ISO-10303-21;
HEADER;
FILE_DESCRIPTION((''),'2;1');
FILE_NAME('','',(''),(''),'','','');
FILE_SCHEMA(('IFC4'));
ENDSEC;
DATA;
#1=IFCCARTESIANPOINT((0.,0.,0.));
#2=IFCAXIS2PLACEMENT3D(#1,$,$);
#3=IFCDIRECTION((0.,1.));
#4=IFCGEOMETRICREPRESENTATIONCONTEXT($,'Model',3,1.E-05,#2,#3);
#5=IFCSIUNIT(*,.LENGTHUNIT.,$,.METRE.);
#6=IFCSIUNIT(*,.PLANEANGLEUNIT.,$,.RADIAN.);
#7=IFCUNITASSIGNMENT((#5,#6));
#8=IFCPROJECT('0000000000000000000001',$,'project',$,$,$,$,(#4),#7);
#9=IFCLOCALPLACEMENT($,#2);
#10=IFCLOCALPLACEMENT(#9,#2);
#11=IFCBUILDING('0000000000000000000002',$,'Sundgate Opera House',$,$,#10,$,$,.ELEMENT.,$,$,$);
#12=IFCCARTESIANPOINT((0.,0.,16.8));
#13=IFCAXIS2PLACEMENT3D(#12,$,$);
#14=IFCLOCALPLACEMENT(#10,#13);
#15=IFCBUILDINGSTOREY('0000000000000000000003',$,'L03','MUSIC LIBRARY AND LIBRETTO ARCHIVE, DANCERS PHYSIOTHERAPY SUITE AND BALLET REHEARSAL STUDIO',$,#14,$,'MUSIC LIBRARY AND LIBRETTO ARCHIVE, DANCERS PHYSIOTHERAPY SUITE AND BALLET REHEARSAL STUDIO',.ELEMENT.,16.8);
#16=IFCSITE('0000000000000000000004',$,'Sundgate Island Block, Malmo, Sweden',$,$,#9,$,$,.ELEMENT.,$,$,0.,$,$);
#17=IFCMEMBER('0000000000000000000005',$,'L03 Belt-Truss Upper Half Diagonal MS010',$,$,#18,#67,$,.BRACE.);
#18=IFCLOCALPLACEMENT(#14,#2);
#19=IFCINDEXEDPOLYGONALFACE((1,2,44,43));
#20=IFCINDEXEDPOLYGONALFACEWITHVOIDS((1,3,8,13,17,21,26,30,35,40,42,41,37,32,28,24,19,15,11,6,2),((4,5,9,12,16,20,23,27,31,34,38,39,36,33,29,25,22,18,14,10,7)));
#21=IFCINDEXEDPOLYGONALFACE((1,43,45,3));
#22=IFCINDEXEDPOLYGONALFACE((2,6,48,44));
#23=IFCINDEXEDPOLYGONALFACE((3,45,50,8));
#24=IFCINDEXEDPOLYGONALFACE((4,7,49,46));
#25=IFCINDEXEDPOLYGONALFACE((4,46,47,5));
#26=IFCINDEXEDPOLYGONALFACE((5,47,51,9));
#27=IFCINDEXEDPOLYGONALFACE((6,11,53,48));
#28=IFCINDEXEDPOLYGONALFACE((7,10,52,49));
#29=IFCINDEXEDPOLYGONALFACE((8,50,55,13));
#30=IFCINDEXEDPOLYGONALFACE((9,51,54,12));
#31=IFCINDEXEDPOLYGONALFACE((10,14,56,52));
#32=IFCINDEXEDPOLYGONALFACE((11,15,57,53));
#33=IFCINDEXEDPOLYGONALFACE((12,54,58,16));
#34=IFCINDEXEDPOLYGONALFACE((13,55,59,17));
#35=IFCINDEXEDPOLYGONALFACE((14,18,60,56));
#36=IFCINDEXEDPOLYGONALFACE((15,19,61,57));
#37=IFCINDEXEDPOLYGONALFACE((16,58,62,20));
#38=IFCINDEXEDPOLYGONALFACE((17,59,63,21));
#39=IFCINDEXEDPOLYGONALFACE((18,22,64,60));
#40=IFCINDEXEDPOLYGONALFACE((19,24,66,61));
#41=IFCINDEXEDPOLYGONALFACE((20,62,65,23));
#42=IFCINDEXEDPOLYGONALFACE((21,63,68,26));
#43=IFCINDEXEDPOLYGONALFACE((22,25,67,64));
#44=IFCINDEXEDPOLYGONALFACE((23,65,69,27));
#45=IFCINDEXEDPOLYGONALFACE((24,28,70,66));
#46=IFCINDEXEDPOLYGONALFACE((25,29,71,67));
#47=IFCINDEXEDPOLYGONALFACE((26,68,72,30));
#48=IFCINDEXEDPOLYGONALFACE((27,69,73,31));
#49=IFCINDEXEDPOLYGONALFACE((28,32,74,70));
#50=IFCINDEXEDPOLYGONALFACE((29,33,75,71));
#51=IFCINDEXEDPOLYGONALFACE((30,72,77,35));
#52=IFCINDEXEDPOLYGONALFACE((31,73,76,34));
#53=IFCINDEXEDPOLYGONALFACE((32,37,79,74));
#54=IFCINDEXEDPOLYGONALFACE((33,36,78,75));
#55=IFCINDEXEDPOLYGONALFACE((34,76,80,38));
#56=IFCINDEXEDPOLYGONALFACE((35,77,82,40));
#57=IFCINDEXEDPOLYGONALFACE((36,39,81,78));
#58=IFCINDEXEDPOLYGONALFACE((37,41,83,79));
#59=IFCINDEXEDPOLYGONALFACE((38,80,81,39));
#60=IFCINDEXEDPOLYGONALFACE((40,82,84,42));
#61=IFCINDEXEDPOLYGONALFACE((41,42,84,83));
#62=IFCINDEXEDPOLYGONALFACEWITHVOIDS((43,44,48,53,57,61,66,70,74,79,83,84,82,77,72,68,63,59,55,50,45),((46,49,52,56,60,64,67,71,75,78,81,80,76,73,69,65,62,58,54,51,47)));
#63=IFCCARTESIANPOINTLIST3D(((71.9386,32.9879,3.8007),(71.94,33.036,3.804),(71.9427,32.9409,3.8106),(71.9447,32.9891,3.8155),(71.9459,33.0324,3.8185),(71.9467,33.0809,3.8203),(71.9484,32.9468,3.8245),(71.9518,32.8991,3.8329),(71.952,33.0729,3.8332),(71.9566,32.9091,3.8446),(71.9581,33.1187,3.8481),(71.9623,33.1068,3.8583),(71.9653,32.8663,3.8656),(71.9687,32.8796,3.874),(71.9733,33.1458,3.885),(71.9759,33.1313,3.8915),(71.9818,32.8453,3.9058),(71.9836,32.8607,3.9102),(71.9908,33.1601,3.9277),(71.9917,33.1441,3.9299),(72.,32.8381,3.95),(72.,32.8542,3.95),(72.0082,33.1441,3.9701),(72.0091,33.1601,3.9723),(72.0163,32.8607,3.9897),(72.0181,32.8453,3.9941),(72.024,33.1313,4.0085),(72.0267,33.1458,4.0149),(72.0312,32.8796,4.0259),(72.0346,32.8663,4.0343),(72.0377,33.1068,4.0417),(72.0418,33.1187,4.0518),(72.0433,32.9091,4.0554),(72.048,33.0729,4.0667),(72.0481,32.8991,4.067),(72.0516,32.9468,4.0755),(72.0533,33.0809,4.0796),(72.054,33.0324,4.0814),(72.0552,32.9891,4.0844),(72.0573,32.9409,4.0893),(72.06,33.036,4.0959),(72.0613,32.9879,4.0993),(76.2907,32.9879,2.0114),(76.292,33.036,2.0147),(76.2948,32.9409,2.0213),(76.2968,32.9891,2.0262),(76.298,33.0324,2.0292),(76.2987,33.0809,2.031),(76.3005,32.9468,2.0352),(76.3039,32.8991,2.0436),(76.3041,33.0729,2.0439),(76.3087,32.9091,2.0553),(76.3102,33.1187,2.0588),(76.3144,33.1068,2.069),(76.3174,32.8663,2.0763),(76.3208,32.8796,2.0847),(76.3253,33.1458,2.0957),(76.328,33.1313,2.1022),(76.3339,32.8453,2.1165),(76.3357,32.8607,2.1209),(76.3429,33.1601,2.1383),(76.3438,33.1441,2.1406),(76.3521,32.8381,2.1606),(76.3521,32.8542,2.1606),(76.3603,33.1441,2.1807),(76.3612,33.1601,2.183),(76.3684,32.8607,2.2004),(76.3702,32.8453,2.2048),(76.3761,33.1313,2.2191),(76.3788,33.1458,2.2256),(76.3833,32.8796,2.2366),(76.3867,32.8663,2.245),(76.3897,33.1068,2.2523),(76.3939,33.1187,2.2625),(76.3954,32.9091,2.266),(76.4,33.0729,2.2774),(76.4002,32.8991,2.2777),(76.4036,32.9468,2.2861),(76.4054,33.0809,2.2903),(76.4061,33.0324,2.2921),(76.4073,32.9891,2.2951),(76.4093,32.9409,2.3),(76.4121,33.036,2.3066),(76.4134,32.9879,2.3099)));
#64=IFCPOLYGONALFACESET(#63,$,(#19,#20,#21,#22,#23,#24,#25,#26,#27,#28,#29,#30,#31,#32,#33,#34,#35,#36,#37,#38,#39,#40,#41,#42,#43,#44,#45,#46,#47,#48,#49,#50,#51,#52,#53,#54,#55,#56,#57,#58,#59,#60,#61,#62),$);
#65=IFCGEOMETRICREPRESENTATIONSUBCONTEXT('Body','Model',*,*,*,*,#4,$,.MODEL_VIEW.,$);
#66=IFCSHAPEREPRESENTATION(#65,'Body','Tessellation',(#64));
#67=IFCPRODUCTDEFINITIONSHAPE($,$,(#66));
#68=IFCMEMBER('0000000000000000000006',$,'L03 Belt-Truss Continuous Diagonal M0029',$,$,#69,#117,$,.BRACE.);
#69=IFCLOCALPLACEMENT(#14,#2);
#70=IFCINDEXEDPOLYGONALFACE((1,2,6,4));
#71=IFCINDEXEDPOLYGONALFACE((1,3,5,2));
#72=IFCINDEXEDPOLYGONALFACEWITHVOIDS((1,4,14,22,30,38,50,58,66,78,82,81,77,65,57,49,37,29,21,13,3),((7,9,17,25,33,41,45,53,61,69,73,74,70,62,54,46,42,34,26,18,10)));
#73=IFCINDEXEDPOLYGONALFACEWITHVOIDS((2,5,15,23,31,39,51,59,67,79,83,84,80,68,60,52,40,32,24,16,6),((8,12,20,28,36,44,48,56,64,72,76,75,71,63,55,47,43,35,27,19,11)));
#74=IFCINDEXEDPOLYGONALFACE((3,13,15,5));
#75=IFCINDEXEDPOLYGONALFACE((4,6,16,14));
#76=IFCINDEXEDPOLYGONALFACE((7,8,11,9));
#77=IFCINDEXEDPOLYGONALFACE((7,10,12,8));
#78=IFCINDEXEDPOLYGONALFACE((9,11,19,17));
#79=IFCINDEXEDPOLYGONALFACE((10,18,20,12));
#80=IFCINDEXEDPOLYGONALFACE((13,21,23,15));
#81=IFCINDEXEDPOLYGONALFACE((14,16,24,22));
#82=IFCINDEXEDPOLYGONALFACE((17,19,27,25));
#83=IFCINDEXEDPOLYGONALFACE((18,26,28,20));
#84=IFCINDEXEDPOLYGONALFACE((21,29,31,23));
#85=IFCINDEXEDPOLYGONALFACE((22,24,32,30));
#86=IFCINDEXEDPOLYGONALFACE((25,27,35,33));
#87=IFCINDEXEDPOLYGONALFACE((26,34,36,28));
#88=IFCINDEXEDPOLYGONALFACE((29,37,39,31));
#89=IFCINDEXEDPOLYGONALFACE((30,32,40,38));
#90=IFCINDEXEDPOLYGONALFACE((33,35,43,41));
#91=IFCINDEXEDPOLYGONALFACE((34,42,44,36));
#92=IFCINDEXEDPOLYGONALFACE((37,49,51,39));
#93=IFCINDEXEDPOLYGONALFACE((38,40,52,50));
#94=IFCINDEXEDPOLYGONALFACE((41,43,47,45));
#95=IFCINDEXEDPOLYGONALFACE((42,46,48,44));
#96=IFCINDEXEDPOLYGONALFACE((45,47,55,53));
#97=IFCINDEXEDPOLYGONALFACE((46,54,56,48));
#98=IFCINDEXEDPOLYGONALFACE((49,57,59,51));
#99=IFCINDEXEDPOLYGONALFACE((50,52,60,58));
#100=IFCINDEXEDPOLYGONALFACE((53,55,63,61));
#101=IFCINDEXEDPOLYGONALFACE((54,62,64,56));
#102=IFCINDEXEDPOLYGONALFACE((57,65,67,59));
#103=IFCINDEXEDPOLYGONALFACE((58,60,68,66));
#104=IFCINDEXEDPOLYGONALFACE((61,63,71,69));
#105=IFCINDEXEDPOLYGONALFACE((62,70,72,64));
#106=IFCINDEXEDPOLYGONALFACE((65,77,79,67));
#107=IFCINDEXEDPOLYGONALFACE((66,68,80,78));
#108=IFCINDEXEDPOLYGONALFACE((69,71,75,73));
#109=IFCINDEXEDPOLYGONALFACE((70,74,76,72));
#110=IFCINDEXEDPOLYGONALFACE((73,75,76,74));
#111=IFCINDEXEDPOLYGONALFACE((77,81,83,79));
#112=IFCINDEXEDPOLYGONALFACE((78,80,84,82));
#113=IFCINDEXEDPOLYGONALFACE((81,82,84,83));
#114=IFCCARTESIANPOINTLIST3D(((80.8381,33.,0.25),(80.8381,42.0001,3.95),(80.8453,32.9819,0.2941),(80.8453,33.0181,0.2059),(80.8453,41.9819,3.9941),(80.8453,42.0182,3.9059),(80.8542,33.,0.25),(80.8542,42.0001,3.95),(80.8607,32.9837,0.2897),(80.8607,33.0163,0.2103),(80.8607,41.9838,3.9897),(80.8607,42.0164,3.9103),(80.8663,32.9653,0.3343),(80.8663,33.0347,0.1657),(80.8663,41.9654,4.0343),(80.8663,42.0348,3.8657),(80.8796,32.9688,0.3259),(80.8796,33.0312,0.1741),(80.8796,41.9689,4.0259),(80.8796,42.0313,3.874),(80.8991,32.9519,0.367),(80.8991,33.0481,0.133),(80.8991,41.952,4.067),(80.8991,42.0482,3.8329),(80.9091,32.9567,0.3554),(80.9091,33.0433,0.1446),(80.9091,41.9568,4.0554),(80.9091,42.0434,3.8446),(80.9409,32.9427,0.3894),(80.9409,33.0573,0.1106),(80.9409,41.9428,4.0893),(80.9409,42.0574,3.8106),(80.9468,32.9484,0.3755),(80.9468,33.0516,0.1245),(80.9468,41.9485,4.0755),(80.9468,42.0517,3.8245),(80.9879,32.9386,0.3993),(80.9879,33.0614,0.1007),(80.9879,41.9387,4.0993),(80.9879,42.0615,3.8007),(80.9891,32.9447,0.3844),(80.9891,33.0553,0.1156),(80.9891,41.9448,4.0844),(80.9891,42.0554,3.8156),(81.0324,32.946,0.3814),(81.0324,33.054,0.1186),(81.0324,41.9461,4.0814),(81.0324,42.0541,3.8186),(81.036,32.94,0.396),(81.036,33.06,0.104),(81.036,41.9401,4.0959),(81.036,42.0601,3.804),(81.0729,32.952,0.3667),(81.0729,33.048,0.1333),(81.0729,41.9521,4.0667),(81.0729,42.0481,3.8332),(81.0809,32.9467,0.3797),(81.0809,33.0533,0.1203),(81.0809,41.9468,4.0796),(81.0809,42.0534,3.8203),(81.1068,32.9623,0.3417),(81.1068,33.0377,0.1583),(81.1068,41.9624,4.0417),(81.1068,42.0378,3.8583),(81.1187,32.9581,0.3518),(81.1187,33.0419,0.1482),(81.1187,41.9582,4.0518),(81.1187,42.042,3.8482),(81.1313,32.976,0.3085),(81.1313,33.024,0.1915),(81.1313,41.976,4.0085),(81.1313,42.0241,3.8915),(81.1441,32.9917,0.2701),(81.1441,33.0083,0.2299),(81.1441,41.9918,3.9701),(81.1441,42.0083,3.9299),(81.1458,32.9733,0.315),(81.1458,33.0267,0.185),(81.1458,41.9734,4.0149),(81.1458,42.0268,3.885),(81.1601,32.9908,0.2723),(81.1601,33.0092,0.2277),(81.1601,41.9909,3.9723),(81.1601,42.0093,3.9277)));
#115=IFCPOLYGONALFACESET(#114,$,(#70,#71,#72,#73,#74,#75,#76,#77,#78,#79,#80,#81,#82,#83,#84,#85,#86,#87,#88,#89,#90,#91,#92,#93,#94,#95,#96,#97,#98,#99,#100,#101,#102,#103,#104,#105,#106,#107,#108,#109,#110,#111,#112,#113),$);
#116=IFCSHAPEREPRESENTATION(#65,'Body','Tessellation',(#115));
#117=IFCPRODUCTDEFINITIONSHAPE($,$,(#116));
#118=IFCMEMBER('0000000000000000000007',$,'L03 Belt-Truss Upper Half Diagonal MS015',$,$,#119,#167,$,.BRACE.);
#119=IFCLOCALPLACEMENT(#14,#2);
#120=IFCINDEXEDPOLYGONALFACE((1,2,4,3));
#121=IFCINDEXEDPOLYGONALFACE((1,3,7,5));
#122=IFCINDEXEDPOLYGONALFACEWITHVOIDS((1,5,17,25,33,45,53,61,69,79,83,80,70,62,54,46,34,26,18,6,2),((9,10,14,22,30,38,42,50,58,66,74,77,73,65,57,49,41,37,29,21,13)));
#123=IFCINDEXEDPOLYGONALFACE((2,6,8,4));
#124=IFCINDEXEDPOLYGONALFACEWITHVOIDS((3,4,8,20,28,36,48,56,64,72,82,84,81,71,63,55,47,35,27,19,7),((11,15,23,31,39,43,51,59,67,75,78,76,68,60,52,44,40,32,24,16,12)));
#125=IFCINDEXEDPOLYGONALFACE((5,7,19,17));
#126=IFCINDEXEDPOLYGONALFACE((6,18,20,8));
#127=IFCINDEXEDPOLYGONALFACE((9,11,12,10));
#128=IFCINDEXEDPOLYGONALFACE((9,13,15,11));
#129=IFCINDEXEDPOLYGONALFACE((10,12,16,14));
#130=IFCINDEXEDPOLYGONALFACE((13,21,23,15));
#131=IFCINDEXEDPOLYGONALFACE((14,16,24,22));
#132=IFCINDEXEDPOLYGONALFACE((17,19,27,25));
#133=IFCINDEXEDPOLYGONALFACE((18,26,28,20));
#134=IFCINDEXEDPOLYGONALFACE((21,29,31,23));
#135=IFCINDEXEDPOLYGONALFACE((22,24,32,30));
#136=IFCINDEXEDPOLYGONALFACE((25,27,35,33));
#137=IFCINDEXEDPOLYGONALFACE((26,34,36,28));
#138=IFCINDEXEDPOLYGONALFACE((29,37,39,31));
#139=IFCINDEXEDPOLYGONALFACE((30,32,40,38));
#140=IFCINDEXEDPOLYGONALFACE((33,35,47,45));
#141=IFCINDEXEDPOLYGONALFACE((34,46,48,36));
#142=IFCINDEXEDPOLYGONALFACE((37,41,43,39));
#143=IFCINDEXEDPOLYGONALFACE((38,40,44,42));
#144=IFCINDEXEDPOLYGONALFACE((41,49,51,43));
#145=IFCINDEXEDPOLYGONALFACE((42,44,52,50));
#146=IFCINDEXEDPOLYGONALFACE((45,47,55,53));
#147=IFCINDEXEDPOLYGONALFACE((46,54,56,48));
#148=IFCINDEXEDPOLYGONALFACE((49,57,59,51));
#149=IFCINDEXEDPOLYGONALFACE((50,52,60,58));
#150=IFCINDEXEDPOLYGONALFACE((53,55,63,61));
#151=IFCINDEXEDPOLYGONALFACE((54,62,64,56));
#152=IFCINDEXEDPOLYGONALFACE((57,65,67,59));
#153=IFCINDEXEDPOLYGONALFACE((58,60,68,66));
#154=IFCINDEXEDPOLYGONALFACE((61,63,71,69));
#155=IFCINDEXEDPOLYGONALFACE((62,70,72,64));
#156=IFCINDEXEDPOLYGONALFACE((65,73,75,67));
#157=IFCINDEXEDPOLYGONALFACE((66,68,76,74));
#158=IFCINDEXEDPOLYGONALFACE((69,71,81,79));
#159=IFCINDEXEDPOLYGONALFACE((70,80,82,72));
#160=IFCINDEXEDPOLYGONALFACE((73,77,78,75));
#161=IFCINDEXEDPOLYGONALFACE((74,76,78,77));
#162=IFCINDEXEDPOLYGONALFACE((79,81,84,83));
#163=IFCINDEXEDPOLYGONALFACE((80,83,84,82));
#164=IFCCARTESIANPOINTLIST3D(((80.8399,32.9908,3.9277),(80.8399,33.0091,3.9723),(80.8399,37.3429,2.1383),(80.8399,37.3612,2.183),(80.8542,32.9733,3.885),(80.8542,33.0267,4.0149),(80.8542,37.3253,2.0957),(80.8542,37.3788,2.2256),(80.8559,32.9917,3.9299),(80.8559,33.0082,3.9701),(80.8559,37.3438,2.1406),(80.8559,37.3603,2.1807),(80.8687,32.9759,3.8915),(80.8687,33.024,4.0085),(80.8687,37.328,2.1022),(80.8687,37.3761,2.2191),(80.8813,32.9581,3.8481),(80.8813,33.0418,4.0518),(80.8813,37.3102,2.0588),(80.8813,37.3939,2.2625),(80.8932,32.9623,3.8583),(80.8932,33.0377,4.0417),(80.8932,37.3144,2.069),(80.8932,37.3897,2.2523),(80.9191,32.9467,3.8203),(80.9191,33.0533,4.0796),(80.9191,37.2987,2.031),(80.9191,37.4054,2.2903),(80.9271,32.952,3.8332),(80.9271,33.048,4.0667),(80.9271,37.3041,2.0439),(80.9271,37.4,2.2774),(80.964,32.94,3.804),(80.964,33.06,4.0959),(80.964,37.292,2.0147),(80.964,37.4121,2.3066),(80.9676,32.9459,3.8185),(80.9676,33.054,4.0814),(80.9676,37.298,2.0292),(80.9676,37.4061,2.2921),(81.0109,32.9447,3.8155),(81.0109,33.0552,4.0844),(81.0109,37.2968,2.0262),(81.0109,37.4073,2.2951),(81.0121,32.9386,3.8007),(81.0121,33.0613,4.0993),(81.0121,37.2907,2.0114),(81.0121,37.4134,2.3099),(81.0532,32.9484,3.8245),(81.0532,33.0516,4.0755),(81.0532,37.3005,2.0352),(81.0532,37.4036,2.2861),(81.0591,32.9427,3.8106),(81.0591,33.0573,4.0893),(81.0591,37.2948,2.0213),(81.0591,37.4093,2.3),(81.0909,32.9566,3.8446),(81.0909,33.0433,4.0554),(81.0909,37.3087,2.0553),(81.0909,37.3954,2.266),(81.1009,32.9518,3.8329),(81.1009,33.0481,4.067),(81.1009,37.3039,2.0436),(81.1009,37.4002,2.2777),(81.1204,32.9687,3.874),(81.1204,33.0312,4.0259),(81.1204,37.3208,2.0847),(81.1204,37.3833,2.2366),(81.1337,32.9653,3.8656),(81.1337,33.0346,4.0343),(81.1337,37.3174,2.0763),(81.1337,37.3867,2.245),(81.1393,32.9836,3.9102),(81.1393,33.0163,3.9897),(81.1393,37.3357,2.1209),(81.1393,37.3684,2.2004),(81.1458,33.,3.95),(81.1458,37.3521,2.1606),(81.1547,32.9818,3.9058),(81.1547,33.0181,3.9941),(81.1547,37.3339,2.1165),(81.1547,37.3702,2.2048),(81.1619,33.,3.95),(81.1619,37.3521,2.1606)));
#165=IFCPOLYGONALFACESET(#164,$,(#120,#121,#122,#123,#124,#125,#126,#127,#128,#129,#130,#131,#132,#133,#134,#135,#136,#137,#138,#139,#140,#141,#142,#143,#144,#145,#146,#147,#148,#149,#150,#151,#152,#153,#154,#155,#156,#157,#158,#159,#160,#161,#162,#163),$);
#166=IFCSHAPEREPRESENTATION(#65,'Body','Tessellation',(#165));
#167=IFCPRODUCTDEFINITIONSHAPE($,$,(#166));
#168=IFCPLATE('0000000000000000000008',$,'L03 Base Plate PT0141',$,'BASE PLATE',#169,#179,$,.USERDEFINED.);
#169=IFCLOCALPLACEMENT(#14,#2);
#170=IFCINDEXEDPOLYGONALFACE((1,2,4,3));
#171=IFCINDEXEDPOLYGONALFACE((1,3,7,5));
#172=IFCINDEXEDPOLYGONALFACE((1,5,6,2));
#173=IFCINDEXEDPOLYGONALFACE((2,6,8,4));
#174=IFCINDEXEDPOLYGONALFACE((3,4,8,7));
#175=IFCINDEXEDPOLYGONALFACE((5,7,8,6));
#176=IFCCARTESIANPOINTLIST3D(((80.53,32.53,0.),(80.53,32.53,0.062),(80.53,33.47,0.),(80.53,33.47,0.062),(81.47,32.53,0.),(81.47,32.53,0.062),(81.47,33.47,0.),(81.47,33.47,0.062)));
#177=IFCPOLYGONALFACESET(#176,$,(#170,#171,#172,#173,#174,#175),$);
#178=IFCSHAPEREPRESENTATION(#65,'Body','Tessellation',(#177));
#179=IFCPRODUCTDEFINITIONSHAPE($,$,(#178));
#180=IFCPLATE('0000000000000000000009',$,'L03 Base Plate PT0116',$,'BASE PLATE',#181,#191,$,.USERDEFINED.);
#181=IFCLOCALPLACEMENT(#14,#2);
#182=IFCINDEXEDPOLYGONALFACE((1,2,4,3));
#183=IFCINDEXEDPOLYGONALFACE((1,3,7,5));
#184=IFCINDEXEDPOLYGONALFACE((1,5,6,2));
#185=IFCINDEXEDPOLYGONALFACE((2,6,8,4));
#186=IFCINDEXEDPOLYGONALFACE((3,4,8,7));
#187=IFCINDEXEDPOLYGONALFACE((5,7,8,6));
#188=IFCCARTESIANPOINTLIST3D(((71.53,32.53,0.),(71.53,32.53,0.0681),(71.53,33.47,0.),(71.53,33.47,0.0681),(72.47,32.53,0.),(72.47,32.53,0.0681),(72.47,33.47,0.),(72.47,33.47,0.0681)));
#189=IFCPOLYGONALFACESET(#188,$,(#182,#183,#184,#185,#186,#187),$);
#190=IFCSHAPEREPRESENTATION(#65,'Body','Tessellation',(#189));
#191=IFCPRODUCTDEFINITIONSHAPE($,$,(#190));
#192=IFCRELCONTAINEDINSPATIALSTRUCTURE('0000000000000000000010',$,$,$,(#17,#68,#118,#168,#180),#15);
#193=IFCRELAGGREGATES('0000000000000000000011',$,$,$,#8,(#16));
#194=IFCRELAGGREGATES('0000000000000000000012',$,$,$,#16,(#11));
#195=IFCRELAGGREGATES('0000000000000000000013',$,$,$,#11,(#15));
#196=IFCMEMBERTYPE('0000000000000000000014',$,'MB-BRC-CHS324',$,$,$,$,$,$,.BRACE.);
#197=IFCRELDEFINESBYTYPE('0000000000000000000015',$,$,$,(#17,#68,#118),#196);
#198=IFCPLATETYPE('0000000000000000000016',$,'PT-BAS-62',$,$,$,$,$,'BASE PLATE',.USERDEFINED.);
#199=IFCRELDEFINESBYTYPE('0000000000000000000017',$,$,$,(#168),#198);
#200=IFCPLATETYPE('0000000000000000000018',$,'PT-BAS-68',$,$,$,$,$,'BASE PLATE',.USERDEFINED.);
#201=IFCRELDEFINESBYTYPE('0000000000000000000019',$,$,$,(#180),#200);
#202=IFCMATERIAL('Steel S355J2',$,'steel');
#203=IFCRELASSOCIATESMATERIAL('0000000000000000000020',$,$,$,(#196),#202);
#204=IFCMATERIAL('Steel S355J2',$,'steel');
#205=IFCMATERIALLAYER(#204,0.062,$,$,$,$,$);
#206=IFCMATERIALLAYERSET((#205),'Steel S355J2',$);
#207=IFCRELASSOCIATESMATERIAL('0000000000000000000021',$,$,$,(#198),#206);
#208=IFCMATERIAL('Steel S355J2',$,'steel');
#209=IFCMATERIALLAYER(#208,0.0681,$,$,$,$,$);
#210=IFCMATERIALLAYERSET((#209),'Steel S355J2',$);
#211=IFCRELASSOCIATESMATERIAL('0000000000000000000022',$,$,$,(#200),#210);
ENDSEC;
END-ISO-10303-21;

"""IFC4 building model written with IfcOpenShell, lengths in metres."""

from ifc_helpers import new_model, si_unit, direction, frame, origin, origin_2d, place, context, subcontext, project, spatial, rectangle, hollow_circle, extrude, material, layer, layer_set, material_profile, profile_set, type_object, element, save


model = new_model("IFC4")

# Units and contexts
model_context = context("Model", 3, precision=1e-05, world=origin(), true_north=direction((0.0, 1.0)))
body_context = subcontext(model_context, "Body", "Model", "MODEL_VIEW")
ifc_project = project(units=[si_unit("LENGTHUNIT", "METRE"), si_unit("PLANEANGLEUNIT", "RADIAN")], contexts=[model_context])

# Site, building, storey
site_placement = place(None, origin())
site = spatial("IfcSite", under=ifc_project, at=site_placement, Name="Sundgate Island Block, Malmo, Sweden", CompositionType="ELEMENT", RefElevation=0.0)
building_placement = place(site_placement, origin())
building = spatial("IfcBuilding", under=site, at=building_placement, Name="Sundgate Opera House", CompositionType="ELEMENT")
storey_placement = place(building_placement, frame((0.0, 0.0, 16.8)))
storey = spatial("IfcBuildingStorey", under=building, at=storey_placement, Name="L03", Description="MUSIC LIBRARY AND LIBRETTO ARCHIVE, DANCERS PHYSIOTHERAPY SUITE AND BALLET REHEARSAL STUDIO", LongName="MUSIC LIBRARY AND LIBRETTO ARCHIVE, DANCERS PHYSIOTHERAPY SUITE AND BALLET REHEARSAL STUDIO", CompositionType="ELEMENT", Elevation=16.8)

# Members
ifc_material_1 = material(Name="Steel S355J2", Category="steel")
ifc_material_profile_1 = material_profile(ifc_material_1, hollow_circle(Radius=0.1619, WallThickness=0.0161, at=origin_2d()), Name="CHS 323.9x16.0")
ifc_profile_set_1 = profile_set([ifc_material_profile_1], Name="Steel S355J2")
member_type = type_object("IfcMemberType", Name="MB-BRC-CHS324", PredefinedType="BRACE", material=ifc_profile_set_1)
member_1_placement = place(storey_placement, frame((76.3521, 33.0, 2.1606), z_axis=(-0.924881, 0.0, 0.380257), x_axis=(0.0, -1.0, 0.0)))
element("IfcMember", 1, at=member_1_placement, inside=storey, type_object=member_type, Name="L03 Belt-Truss Upper Half Diagonal MS010", PredefinedType="BRACE", context=body_context, shape_type="SweptSolid", body=[
    extrude(hollow_circle(Radius=0.1619, WallThickness=0.0161, at=origin_2d()), origin(), (0.0, 0.0, 1.0), 4.7056),
])
member_2_placement = place(storey_placement, frame((81.0, 33.0, 0.25), z_axis=(0.0, 0.924893, 0.380229), x_axis=(-1.0, 0.0, 0.0)))
element("IfcMember", 2, at=member_2_placement, inside=storey, type_object=member_type, Name="L03 Belt-Truss Continuous Diagonal M0029", PredefinedType="BRACE", context=body_context, shape_type="SweptSolid", body=[
    extrude(hollow_circle(Radius=0.1619, WallThickness=0.0161, at=origin_2d()), origin(), (0.0, 0.0, 1.0), 9.731),
])
member_3_placement = place(storey_placement, frame((81.0, 37.3521, 2.1606), z_axis=(0.0, -0.924881, 0.380257), x_axis=(1.0, 0.0, 0.0)))
element("IfcMember", 3, at=member_3_placement, inside=storey, type_object=member_type, Name="L03 Belt-Truss Upper Half Diagonal MS015", PredefinedType="BRACE", context=body_context, shape_type="SweptSolid", body=[
    extrude(hollow_circle(Radius=0.1619, WallThickness=0.0161, at=origin_2d()), origin(), (0.0, 0.0, 1.0), 4.7056),
])

# Plates
ifc_material_2 = material(Name="Steel S355J2", Category="steel")
ifc_layer_1 = layer(ifc_material_2, 0.062)
ifc_layer_set_1 = layer_set([ifc_layer_1], Name="Steel S355J2")
plate_type_1 = type_object("IfcPlateType", Name="PT-BAS-62", ElementType="BASE PLATE", PredefinedType="USERDEFINED", material=ifc_layer_set_1)
plate_1_placement = place(storey_placement, frame((81.0, 33.0, 0.0), z_axis=(0.0, 0.0, 1.0), x_axis=(1.0, 0.0, 0.0)))
element("IfcPlate", 4, at=plate_1_placement, inside=storey, type_object=plate_type_1, Name="L03 Base Plate PT0141", ObjectType="BASE PLATE", PredefinedType="USERDEFINED", context=body_context, shape_type="SweptSolid", body=[
    extrude(rectangle(XDim=0.9399, YDim=0.9399, at=origin_2d()), origin(), (0.0, 0.0, 1.0), 0.062),
])
ifc_material_3 = material(Name="Steel S355J2", Category="steel")
ifc_layer_2 = layer(ifc_material_3, 0.0681)
ifc_layer_set_2 = layer_set([ifc_layer_2], Name="Steel S355J2")
plate_type_2 = type_object("IfcPlateType", Name="PT-BAS-68", ElementType="BASE PLATE", PredefinedType="USERDEFINED", material=ifc_layer_set_2)
plate_2_placement = place(storey_placement, frame((72.0, 33.0, 0.0), z_axis=(0.0, 0.0, 1.0), x_axis=(1.0, 0.0, 0.0)))
element("IfcPlate", 5, at=plate_2_placement, inside=storey, type_object=plate_type_2, Name="L03 Base Plate PT0116", ObjectType="BASE PLATE", PredefinedType="USERDEFINED", context=body_context, shape_type="SweptSolid", body=[
    extrude(rectangle(XDim=0.9399, YDim=0.9399, at=origin_2d()), origin(), (0.0, 0.0, 1.0), 0.0681),
])

save(model, "model.ifc")
